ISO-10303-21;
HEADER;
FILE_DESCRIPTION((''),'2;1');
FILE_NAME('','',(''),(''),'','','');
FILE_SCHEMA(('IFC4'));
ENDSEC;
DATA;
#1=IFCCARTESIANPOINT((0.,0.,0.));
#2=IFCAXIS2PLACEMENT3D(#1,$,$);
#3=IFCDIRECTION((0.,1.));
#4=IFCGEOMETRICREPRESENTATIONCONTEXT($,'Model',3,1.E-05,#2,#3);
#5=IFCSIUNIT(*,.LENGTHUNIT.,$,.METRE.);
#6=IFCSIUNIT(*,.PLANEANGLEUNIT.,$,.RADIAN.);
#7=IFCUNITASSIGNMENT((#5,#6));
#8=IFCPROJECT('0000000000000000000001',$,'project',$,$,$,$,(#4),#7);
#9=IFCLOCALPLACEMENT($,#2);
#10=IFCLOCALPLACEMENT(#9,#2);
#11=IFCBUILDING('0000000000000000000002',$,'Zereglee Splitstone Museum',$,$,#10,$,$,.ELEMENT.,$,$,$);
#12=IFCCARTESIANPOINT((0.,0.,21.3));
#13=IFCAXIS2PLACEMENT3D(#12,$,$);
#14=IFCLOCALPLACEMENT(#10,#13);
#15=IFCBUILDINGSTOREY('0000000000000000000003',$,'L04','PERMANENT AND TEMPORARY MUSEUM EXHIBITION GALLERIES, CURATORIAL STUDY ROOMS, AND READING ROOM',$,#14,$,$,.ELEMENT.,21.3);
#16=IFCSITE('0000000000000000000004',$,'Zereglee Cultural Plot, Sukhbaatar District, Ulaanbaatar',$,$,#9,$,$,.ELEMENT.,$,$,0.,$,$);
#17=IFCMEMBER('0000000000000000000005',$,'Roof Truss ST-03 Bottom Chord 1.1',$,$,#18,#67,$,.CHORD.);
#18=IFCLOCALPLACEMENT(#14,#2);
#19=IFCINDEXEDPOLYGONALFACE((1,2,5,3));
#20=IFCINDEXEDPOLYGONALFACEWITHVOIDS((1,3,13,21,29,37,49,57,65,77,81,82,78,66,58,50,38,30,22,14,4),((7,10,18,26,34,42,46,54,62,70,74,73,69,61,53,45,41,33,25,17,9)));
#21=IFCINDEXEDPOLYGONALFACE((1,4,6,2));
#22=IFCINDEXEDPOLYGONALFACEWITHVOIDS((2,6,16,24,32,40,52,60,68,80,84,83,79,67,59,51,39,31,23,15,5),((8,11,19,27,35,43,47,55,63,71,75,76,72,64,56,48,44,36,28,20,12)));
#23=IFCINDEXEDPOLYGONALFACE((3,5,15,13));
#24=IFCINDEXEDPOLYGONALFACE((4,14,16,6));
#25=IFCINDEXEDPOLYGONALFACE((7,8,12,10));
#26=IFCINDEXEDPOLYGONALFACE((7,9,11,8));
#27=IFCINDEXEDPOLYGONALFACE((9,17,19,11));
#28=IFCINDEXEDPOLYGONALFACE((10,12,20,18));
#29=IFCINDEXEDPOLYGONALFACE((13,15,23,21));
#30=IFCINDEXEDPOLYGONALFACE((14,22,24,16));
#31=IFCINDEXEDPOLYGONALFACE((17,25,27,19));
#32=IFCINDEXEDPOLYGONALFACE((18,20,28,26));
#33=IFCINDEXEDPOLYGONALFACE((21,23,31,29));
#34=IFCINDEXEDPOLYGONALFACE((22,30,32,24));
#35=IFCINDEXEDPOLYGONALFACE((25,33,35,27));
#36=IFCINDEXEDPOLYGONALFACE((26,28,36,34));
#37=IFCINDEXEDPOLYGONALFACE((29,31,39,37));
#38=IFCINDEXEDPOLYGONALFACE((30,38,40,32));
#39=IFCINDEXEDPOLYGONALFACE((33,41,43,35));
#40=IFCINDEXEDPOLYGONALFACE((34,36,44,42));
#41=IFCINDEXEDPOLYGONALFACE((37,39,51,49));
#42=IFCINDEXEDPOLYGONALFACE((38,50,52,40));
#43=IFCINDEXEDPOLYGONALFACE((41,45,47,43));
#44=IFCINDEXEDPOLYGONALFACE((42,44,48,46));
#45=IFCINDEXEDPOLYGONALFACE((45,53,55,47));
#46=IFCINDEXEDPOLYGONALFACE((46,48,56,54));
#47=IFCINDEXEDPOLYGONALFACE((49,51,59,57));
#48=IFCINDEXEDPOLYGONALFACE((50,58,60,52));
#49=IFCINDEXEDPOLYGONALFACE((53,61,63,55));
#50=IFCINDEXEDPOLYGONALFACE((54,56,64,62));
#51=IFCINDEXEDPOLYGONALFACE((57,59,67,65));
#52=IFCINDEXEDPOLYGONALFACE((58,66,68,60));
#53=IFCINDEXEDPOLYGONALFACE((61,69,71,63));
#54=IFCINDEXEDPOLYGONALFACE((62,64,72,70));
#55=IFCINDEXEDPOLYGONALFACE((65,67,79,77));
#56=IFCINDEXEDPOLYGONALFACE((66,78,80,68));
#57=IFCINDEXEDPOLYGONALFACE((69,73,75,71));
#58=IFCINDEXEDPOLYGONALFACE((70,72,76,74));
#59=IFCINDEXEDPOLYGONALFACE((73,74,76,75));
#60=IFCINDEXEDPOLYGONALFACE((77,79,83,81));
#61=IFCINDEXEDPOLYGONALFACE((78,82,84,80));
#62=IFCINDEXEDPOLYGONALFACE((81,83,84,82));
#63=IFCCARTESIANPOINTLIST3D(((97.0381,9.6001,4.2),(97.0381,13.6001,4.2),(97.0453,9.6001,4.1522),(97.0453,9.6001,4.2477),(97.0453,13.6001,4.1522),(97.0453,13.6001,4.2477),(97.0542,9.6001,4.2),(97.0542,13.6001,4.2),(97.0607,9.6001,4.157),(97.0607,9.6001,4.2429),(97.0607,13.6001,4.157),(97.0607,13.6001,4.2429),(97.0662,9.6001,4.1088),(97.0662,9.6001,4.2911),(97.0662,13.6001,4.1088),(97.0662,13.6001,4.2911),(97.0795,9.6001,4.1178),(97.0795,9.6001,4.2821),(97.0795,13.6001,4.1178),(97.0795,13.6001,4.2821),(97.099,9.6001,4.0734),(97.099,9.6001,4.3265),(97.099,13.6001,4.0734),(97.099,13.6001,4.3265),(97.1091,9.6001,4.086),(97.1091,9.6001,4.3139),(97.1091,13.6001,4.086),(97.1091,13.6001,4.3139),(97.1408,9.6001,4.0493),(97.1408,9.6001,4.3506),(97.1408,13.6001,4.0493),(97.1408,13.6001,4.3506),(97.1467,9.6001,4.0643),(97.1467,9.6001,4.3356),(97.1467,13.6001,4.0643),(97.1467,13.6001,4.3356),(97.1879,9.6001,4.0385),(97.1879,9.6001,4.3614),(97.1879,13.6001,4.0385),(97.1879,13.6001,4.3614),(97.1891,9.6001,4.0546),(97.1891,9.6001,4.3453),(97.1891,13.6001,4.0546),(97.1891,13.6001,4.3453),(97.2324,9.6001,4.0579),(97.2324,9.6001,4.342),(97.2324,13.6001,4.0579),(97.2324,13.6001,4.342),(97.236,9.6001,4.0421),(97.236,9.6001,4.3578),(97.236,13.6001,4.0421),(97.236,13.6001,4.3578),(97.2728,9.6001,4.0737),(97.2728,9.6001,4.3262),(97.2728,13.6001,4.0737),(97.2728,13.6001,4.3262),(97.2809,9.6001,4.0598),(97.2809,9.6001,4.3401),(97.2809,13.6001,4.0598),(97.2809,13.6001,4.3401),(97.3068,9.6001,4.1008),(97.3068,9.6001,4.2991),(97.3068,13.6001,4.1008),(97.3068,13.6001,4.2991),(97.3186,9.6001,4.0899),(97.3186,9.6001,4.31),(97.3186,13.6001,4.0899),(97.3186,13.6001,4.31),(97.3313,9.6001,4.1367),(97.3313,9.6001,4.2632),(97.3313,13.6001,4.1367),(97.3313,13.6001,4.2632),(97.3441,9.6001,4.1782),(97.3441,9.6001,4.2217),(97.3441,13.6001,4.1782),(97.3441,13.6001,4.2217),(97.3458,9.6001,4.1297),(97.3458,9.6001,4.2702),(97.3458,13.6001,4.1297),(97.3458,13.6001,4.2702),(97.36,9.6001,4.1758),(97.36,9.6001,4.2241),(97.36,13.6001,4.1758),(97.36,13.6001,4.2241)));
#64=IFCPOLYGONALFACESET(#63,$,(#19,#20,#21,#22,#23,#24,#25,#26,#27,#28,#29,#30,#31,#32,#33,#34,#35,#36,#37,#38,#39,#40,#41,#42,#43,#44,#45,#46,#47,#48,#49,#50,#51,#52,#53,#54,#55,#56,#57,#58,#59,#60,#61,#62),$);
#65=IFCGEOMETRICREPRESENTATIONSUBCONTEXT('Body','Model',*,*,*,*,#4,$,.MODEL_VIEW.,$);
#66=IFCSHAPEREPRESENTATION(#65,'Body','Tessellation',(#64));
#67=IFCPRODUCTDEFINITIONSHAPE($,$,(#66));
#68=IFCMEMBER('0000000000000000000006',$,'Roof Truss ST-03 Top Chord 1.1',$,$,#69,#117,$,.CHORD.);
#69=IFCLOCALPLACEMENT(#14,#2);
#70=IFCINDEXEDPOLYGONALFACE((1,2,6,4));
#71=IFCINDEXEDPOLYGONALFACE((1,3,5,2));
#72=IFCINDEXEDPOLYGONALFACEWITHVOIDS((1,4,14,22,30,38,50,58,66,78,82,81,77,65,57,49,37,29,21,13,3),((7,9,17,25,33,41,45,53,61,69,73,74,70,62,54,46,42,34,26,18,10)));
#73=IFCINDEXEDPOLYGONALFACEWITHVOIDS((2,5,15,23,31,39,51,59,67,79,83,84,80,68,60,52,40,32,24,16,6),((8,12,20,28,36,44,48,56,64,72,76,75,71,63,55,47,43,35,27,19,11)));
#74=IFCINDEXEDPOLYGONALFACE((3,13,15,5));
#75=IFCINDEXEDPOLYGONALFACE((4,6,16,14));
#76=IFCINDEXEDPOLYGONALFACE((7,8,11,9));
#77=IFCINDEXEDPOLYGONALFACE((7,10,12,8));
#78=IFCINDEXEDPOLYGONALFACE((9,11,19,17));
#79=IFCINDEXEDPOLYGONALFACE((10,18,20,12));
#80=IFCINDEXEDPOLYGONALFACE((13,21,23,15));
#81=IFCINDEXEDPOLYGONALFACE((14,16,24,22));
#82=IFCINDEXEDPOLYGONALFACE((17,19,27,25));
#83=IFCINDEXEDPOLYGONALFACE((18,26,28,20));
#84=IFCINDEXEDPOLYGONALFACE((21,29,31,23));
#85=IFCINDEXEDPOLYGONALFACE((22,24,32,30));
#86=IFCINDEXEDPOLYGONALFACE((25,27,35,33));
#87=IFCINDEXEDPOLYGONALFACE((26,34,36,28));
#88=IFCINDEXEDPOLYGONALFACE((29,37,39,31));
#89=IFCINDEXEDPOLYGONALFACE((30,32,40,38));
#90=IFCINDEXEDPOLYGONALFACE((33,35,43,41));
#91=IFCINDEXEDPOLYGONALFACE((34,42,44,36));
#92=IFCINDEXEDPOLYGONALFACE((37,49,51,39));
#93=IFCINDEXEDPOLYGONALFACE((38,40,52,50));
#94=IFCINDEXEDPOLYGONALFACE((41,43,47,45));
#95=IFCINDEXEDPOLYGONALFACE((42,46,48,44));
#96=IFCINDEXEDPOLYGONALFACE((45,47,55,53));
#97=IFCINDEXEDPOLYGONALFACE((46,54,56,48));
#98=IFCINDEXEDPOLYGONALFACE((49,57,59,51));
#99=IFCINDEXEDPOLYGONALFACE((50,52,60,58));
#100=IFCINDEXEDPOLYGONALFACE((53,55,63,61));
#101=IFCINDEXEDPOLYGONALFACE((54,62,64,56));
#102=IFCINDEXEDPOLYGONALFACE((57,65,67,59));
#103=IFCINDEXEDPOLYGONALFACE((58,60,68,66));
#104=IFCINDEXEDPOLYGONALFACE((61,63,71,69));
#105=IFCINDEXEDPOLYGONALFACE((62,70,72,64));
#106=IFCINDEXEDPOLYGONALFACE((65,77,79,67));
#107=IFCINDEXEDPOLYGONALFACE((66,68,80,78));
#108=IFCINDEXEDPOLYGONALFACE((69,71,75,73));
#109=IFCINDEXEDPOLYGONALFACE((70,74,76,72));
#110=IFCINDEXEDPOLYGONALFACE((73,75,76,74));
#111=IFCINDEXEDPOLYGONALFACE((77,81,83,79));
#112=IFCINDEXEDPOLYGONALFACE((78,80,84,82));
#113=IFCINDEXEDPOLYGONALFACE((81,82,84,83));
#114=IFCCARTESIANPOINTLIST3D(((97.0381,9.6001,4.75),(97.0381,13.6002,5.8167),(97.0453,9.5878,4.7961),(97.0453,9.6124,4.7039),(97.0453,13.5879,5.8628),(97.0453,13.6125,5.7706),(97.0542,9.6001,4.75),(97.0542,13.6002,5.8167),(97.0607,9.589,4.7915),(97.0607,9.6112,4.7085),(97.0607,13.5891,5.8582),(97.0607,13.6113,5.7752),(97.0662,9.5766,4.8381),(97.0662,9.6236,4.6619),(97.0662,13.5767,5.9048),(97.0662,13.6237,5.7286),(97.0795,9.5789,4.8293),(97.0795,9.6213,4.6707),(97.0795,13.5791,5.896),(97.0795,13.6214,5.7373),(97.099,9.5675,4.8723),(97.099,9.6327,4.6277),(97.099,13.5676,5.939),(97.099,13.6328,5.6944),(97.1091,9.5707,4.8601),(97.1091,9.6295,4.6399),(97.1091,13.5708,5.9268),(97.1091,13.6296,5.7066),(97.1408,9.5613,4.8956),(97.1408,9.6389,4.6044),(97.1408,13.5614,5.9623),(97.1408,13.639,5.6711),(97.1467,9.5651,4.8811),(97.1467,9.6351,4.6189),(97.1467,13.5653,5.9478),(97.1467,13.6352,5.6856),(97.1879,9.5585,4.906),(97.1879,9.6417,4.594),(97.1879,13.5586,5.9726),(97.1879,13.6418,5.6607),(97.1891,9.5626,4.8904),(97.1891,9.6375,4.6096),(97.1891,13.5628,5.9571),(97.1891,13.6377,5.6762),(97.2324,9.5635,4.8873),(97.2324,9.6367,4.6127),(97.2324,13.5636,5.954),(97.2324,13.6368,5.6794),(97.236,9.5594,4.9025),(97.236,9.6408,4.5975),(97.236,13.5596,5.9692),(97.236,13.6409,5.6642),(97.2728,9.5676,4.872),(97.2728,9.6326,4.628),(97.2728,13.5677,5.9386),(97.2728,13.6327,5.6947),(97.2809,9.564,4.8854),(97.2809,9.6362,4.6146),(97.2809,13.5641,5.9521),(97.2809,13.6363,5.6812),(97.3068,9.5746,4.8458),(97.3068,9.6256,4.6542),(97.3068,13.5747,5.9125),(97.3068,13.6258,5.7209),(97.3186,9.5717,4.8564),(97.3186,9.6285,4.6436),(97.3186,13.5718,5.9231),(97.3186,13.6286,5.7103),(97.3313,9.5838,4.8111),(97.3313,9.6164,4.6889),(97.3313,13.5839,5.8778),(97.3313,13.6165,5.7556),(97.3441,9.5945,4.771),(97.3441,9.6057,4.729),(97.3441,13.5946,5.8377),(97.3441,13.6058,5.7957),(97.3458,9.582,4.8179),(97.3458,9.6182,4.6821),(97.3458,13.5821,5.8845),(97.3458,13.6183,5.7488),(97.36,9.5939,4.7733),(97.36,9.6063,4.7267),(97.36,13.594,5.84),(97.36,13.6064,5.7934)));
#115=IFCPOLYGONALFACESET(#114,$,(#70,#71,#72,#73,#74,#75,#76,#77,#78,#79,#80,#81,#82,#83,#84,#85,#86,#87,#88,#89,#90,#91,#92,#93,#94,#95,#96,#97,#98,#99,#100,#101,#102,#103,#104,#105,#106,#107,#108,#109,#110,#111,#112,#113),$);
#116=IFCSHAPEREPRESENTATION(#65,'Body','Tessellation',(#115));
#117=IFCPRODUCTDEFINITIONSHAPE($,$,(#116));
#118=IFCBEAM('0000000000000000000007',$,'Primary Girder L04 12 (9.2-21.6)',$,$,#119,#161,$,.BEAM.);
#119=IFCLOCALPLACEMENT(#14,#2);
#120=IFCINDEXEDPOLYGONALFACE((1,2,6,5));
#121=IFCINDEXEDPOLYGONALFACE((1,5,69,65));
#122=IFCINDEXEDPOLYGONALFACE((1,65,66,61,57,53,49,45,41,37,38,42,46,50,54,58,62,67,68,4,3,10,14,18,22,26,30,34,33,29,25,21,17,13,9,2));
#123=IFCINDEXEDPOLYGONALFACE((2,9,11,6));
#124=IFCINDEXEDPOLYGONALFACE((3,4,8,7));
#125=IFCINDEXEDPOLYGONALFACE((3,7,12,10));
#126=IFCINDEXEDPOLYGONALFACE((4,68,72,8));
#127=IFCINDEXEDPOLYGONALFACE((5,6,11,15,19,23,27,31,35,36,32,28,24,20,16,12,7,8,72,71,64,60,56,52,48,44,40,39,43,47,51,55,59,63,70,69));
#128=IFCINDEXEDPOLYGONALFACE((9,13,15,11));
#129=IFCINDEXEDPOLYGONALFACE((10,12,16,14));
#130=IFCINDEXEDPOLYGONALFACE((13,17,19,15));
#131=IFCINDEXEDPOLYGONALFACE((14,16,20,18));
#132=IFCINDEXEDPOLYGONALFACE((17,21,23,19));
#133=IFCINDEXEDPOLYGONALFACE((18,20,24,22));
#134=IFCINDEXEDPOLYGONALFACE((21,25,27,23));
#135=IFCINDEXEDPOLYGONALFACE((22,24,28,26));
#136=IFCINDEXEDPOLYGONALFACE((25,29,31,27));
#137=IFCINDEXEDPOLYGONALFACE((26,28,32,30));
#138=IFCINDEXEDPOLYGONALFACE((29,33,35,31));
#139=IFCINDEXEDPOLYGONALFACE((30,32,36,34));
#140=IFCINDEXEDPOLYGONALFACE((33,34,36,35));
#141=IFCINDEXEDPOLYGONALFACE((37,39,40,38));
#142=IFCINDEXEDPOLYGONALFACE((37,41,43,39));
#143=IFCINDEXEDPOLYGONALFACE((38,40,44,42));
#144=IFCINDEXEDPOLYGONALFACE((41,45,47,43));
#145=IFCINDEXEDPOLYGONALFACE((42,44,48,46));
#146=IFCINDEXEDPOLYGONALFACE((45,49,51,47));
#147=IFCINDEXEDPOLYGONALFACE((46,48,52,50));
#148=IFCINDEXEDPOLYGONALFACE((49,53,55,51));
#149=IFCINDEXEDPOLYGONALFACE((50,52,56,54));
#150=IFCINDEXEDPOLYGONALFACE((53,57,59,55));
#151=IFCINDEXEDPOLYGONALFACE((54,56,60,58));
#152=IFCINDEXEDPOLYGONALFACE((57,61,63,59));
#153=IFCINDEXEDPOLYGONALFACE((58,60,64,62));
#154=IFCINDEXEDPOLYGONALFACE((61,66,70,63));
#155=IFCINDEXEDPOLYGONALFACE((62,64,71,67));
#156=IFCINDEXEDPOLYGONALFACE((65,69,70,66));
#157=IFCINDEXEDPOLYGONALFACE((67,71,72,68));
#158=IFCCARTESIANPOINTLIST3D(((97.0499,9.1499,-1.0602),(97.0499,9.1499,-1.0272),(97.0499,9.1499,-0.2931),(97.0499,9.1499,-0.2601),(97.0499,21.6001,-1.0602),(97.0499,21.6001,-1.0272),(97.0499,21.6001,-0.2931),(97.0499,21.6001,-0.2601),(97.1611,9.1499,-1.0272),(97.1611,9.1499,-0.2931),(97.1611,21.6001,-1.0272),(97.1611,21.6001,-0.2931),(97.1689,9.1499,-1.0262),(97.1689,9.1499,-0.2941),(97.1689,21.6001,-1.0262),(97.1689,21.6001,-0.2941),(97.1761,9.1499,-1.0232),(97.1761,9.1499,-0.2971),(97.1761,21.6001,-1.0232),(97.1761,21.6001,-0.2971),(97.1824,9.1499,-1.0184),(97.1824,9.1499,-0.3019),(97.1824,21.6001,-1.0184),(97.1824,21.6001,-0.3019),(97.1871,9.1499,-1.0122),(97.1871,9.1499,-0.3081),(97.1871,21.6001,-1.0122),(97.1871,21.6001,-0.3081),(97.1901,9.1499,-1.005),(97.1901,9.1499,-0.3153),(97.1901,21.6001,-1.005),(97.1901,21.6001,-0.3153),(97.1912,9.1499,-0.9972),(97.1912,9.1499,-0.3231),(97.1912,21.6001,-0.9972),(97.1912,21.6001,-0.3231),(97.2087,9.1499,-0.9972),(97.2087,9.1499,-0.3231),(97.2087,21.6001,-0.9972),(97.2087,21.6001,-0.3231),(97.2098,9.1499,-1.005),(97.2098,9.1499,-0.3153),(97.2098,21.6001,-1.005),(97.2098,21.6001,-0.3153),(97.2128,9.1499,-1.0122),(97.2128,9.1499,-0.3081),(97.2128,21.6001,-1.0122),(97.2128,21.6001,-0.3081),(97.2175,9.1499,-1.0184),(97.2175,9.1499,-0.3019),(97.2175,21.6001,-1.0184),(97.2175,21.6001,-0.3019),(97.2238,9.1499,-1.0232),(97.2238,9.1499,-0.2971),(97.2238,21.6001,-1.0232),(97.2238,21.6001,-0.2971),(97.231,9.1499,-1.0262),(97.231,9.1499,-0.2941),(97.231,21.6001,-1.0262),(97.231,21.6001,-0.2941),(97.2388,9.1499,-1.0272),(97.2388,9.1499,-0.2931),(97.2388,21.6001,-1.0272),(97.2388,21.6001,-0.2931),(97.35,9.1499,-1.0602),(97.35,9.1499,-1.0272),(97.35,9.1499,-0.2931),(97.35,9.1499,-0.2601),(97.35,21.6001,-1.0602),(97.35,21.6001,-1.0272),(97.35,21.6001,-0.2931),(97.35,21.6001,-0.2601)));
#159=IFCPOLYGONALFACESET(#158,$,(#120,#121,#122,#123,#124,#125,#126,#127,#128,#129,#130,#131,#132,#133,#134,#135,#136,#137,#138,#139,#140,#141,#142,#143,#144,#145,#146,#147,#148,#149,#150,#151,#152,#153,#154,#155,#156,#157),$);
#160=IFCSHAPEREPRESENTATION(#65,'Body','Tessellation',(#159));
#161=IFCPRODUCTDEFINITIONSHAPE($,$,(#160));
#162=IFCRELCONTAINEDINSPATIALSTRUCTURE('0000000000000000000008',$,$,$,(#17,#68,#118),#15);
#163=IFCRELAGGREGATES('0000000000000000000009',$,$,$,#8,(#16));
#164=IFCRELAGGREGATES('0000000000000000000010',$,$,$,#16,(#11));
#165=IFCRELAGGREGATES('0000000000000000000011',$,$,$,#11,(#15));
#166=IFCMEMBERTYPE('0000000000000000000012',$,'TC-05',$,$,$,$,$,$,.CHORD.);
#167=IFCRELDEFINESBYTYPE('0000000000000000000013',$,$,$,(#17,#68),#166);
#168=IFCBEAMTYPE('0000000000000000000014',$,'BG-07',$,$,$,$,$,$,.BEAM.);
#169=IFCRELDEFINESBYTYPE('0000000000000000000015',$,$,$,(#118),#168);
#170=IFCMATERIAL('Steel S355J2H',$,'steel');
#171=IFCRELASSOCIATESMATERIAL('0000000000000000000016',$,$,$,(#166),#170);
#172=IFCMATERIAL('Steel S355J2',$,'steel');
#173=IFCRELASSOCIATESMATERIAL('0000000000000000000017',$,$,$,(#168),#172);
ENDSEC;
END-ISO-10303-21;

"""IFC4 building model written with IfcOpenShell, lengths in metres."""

from ifc_helpers import new_model, si_unit, direction, frame, origin, origin_2d, place, context, subcontext, project, spatial, hollow_circle, i_section, extrude, material, material_profile, profile_set, type_object, element, save


model = new_model("IFC4")

# Units and contexts
model_context = context("Model", 3, precision=1e-05, world=origin(), true_north=direction((0.0, 1.0)))
body_context = subcontext(model_context, "Body", "Model", "MODEL_VIEW")
ifc_project = project(units=[si_unit("LENGTHUNIT", "METRE"), si_unit("PLANEANGLEUNIT", "RADIAN")], contexts=[model_context])

# Site, building, storey
site_placement = place(None, origin())
site = spatial("IfcSite", under=ifc_project, at=site_placement, Name="Zereglee Cultural Plot, Sukhbaatar District, Ulaanbaatar", CompositionType="ELEMENT", RefElevation=0.0)
building_placement = place(site_placement, origin())
building = spatial("IfcBuilding", under=site, at=building_placement, Name="Zereglee Splitstone Museum", CompositionType="ELEMENT")
storey_placement = place(building_placement, frame((0.0, 0.0, 21.3)))
storey = spatial("IfcBuildingStorey", under=building, at=storey_placement, Name="L04", Description="PERMANENT AND TEMPORARY MUSEUM EXHIBITION GALLERIES, CURATORIAL STUDY ROOMS, AND READING ROOM", CompositionType="ELEMENT", Elevation=21.3)

# Shared definitions
ifc_material_1 = material(Name="Steel S355J2", Category="steel")

# Shared definitions
ifc_material_2 = material(Name="Steel S355J2H", Category="steel")

# Members
ifc_material_profile_1 = material_profile(ifc_material_2, hollow_circle(Radius=0.1619, WallThickness=0.0161, at=origin_2d()), Name="CHS 323.9x16")
ifc_profile_set_1 = profile_set([ifc_material_profile_1], Name="Steel S355J2H")
member_type_1 = type_object("IfcMemberType", Name="TC-05", PredefinedType="CHORD", material=ifc_profile_set_1)
member_1_placement = place(storey_placement, frame((97.2, 9.6001, 4.2), z_axis=(0.0, 1.0, 0.0), x_axis=(-1.0, 0.0, 0.0)))
element("IfcMember", 1, at=member_1_placement, inside=storey, type_object=member_type_1, Name="Roof Truss ST-03 Bottom Chord 1.1", PredefinedType="CHORD", context=body_context, shape_type="SweptSolid", body=[
    extrude(hollow_circle(Radius=0.1619, WallThickness=0.0161, at=origin_2d()), origin(), (0.0, 0.0, 1.0), 4.0),
])
member_2_placement = place(storey_placement, frame((97.2, 9.6001, 4.75), z_axis=(0.0, 0.966236, 0.257659), x_axis=(-1.0, 0.0, 0.0)))
element("IfcMember", 2, at=member_2_placement, inside=storey, type_object=member_type_1, Name="Roof Truss ST-03 Top Chord 1.1", PredefinedType="CHORD", context=body_context, shape_type="SweptSolid", body=[
    extrude(hollow_circle(Radius=0.1619, WallThickness=0.0161, at=origin_2d()), origin(), (0.0, 0.0, 1.0), 4.1399),
])

# Beam
ifc_material_profile_2 = material_profile(ifc_material_1, i_section(OverallWidth=0.3, OverallDepth=0.8, WebThickness=0.0176, FlangeThickness=0.033, FilletRadius=0.03, at=origin_2d()), Name="HE 800 B")
ifc_profile_set_2 = profile_set([ifc_material_profile_2], Name="Steel S355J2")
beam_type_1 = type_object("IfcBeamType", Name="BG-07", PredefinedType="BEAM", material=ifc_profile_set_2)
beam_1_placement = place(storey_placement, frame((97.2, 9.1499, -0.6602), z_axis=(0.0, 1.0, 0.0), x_axis=(-1.0, 0.0, 0.0)))
element("IfcBeam", 3, at=beam_1_placement, inside=storey, type_object=beam_type_1, Name="Primary Girder L04 12 (9.2-21.6)", PredefinedType="BEAM", context=body_context, shape_type="SweptSolid", body=[
    extrude(i_section(OverallWidth=0.3, OverallDepth=0.8, WebThickness=0.0176, FlangeThickness=0.033, FilletRadius=0.03, at=origin_2d()), origin(), (0.0, 0.0, 1.0), 12.4502),
])

save(model, "model.ifc")
